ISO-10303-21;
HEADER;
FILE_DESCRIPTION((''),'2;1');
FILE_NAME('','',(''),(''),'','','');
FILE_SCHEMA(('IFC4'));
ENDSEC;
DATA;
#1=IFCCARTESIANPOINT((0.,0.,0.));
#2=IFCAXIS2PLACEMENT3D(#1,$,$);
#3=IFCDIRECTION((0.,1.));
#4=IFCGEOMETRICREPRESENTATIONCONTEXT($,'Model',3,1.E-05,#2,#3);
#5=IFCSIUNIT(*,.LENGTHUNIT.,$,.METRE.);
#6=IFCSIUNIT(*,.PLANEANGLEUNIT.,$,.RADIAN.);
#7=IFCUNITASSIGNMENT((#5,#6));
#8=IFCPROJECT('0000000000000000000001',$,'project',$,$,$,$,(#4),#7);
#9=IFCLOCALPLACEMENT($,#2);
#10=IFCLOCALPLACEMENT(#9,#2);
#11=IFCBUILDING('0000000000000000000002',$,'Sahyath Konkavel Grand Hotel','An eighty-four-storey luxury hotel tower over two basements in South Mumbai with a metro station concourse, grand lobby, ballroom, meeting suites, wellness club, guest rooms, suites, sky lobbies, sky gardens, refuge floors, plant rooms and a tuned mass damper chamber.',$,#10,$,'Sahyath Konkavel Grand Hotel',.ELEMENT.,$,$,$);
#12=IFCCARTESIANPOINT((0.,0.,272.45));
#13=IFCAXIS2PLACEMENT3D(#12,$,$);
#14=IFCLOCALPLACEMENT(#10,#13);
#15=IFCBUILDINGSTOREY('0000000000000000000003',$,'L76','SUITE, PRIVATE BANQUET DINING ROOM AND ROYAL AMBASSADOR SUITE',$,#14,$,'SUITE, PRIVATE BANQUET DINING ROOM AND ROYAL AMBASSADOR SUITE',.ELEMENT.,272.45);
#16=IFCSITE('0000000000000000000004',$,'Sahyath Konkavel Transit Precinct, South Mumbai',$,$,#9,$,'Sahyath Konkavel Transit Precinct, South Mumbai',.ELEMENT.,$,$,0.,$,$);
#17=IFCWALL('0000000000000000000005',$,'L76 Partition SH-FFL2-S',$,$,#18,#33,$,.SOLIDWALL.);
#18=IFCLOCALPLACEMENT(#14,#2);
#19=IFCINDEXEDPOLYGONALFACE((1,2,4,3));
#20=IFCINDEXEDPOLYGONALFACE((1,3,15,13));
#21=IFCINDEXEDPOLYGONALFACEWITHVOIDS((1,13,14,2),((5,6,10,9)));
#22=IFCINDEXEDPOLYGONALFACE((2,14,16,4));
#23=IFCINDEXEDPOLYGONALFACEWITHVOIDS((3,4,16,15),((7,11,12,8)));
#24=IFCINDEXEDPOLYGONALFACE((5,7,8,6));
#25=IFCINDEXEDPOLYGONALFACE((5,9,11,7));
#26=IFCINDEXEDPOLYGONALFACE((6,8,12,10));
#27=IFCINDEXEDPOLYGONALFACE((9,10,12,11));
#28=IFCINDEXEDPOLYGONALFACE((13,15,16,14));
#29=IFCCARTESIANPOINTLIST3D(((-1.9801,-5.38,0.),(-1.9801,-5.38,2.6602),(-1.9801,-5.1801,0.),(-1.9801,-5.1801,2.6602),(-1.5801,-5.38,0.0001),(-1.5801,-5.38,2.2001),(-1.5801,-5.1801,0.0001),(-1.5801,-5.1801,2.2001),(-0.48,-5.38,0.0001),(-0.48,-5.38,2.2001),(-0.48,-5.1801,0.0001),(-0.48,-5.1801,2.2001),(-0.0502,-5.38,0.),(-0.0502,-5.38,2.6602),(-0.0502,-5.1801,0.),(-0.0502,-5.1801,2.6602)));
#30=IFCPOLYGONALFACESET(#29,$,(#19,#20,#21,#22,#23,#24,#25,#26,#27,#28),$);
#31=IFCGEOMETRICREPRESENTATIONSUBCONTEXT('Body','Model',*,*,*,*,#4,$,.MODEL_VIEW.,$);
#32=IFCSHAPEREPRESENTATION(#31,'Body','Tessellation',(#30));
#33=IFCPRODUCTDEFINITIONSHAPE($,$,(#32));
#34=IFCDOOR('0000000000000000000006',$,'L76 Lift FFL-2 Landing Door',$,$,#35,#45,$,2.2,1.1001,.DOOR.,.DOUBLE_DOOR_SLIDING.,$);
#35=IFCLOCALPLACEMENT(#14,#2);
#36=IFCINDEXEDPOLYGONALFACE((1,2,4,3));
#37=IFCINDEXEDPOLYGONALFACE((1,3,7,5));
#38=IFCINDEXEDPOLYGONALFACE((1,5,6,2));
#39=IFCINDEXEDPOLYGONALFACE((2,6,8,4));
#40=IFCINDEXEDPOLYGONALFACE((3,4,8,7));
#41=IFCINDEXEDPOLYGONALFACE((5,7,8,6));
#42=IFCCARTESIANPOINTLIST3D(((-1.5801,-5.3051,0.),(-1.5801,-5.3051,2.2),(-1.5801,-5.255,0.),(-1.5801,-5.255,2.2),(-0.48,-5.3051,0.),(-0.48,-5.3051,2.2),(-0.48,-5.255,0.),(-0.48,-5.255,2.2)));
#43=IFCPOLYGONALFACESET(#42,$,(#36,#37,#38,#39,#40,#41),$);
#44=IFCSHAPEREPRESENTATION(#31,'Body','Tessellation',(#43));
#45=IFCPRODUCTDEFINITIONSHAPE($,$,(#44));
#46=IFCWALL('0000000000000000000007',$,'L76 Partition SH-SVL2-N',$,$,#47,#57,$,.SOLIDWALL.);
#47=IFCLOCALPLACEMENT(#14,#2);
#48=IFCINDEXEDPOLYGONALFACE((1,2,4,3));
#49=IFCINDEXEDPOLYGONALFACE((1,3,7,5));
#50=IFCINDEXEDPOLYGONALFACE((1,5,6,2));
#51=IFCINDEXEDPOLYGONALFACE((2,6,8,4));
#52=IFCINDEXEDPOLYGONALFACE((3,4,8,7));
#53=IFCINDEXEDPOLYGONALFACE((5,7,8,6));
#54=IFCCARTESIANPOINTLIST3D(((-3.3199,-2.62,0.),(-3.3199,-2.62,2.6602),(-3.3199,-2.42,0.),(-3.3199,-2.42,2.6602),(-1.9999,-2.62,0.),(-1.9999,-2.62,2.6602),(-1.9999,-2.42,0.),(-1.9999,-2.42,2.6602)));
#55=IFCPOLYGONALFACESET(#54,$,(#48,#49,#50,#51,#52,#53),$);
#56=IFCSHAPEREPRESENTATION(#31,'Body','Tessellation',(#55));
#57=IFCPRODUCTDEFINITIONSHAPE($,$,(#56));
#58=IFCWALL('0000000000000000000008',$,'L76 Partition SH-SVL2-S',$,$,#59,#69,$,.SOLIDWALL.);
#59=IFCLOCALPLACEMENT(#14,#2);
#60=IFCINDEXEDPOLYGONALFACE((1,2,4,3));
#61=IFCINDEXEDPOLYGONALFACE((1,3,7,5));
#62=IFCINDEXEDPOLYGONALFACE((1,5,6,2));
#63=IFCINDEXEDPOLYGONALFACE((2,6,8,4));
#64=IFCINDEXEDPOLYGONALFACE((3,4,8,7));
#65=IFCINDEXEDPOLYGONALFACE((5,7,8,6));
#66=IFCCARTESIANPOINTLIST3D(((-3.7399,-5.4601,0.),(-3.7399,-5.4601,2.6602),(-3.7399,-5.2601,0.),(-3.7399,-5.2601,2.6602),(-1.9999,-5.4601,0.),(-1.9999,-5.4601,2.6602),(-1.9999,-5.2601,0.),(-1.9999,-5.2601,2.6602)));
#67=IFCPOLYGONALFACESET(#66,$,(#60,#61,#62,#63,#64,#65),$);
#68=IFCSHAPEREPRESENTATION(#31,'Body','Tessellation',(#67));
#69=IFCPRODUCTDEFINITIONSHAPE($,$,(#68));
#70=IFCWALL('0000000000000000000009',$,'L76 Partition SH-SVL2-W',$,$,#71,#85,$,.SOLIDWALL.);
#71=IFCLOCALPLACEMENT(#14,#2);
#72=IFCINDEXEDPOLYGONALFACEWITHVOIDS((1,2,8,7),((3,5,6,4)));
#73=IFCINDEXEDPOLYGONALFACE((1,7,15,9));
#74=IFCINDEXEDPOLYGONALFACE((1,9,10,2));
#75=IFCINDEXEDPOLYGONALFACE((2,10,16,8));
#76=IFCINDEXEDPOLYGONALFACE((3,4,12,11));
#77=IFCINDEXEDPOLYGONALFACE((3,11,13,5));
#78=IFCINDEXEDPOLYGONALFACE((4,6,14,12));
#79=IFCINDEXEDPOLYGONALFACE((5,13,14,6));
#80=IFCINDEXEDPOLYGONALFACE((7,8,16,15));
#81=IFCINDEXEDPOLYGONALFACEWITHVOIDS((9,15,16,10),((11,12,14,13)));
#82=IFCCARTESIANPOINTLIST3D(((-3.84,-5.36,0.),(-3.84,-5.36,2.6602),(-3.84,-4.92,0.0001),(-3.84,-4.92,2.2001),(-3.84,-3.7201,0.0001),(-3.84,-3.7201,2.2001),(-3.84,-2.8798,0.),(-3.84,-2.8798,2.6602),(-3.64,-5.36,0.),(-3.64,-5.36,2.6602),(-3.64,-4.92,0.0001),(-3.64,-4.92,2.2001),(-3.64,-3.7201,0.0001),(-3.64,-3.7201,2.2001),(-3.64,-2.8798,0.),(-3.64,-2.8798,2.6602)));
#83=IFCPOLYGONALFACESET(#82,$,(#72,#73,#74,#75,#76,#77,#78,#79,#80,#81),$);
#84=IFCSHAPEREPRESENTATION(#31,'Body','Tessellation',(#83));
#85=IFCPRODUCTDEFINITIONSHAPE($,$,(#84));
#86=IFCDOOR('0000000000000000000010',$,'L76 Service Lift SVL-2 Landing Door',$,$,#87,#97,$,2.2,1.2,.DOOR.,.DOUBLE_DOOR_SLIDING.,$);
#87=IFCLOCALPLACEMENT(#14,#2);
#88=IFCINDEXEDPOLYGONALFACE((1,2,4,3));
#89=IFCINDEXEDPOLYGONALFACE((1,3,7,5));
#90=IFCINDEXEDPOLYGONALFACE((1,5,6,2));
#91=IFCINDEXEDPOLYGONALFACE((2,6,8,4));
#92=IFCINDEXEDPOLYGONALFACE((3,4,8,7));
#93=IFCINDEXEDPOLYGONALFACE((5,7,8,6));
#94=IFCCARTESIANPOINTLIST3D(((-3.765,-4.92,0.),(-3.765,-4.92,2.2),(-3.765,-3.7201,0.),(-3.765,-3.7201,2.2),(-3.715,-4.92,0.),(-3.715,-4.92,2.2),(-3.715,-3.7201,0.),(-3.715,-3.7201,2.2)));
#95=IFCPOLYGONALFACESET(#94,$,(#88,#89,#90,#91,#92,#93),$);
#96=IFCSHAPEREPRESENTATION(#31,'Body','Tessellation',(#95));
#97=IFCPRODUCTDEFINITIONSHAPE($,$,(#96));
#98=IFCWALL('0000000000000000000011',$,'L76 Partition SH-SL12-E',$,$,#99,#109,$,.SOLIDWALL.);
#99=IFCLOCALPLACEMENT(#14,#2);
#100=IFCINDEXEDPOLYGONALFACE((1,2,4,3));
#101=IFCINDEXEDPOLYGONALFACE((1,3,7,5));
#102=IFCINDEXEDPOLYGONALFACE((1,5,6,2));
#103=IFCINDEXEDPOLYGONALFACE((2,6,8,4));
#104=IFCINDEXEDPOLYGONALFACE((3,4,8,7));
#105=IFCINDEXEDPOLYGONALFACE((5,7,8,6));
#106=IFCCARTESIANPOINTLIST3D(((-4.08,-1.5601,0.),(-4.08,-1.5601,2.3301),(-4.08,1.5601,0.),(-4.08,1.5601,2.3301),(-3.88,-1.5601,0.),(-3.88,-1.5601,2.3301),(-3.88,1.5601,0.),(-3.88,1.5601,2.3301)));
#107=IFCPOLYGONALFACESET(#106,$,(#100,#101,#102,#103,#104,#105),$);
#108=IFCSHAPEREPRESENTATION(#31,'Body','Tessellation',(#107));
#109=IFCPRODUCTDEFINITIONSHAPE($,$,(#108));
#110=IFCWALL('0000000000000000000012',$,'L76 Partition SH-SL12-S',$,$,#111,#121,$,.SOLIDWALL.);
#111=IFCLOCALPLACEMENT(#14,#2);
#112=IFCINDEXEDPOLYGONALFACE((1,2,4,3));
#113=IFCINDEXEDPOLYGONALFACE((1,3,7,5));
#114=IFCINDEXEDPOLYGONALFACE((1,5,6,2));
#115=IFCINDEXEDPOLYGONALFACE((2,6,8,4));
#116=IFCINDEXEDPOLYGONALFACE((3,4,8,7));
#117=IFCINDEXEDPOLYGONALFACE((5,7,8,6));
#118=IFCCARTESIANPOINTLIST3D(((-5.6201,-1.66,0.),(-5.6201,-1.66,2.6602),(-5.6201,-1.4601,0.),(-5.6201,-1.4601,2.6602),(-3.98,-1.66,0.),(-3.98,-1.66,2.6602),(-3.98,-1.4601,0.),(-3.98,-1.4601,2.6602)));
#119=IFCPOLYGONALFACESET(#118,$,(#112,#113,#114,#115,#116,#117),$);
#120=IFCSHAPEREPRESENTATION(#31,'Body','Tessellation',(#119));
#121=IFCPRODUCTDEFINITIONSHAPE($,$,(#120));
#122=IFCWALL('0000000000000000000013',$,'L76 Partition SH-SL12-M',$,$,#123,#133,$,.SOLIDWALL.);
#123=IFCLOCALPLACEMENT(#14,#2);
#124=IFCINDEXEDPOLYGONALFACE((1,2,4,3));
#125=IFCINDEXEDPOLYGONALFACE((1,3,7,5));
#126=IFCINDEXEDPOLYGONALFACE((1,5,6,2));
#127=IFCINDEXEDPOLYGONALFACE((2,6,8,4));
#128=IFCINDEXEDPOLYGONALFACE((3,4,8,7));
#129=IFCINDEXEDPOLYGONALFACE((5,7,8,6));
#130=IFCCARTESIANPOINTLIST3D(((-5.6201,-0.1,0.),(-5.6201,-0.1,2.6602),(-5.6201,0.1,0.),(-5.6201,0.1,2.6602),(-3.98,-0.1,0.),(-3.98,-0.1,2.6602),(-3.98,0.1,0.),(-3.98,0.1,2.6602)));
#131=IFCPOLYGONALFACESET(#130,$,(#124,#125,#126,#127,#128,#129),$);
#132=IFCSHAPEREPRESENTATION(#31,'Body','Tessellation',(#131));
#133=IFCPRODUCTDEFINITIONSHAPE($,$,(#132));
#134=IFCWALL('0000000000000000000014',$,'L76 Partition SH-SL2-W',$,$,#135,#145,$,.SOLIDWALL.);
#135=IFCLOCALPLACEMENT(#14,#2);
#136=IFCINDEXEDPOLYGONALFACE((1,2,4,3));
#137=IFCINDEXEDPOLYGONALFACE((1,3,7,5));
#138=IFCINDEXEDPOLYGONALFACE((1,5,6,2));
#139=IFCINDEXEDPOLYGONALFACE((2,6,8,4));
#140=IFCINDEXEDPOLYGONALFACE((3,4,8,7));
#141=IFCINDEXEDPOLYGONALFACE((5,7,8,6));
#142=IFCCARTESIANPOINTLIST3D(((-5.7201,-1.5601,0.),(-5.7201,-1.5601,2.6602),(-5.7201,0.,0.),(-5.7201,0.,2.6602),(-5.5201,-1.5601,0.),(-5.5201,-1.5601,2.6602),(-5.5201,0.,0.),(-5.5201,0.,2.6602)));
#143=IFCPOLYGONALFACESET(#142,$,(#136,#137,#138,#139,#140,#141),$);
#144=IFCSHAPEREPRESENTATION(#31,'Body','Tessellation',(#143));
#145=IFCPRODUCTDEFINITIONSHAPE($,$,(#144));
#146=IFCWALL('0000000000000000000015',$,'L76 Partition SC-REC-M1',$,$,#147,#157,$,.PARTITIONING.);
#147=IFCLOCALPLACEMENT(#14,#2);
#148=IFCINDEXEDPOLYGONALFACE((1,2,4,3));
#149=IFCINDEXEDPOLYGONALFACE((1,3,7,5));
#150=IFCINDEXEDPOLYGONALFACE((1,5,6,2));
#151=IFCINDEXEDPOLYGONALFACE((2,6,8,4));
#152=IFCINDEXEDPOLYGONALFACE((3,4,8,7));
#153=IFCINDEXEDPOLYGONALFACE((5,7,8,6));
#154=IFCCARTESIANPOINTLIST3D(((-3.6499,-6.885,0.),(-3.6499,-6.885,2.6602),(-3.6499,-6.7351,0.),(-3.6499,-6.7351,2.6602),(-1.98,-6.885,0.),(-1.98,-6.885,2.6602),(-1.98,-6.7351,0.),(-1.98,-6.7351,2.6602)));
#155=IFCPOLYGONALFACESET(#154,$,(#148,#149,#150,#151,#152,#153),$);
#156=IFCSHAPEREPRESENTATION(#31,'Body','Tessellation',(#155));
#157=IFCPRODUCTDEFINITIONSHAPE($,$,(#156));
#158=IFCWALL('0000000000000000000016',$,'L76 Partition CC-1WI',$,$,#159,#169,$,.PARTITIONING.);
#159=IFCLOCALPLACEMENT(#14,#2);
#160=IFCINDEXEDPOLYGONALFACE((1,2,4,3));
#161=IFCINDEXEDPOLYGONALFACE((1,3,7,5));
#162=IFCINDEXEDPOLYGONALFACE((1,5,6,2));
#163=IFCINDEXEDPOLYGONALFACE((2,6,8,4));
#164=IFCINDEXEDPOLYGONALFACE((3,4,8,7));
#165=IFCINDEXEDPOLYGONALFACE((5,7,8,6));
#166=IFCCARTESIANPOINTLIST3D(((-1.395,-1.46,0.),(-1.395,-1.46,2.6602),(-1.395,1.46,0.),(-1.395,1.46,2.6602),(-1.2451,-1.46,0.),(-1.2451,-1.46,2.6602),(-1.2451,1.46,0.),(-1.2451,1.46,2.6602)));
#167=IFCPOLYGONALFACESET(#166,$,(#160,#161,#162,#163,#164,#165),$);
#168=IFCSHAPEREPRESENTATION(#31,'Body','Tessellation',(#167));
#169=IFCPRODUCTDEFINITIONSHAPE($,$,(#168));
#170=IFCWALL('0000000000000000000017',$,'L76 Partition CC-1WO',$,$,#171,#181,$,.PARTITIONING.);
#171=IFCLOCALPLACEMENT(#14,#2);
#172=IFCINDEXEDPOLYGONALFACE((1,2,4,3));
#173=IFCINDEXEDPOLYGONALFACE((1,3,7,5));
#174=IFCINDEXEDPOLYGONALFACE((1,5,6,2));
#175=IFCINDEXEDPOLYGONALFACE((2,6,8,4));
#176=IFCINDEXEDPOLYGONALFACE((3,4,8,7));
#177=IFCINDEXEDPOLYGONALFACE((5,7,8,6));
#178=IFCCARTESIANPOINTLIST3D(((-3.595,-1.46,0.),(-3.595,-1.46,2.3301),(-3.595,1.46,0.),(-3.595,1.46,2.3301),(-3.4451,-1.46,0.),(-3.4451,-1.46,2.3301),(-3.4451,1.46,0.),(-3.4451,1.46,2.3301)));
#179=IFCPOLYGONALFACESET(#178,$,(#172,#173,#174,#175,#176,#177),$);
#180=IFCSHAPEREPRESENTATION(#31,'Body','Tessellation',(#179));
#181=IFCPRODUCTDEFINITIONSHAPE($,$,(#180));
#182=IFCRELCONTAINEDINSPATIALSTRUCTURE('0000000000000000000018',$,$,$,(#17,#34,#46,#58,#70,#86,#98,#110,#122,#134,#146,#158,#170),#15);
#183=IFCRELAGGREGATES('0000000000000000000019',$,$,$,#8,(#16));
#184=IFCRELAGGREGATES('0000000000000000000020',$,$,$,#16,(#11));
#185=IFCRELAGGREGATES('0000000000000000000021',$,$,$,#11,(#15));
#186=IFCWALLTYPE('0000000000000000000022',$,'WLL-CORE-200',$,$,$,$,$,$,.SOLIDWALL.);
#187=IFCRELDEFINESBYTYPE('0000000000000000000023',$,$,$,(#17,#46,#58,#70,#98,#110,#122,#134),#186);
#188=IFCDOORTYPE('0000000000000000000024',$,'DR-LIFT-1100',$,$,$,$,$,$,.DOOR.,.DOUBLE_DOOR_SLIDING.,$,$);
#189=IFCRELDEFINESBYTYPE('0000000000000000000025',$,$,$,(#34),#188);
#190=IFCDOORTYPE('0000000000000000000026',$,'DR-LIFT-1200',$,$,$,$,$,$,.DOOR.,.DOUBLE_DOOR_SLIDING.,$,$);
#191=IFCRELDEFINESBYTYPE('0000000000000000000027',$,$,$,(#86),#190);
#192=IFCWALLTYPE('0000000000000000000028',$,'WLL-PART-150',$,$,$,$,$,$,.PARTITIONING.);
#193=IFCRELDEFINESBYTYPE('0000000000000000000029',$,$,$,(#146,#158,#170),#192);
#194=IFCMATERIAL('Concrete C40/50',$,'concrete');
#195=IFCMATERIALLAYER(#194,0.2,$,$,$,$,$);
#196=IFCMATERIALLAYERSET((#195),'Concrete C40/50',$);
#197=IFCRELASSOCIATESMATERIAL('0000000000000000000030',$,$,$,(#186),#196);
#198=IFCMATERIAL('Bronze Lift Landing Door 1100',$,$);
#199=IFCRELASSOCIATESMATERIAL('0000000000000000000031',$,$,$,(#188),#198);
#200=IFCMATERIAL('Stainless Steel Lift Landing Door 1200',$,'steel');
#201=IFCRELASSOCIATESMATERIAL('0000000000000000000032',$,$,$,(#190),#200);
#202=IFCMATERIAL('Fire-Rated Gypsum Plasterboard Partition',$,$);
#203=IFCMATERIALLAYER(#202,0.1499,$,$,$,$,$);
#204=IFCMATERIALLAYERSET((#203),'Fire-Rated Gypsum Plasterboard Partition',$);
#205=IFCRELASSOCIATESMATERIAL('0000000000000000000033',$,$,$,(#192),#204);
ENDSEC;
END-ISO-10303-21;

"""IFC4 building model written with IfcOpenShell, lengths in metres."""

from ifc_helpers import new_model, si_unit, direction, frame, frame_2d, origin, origin_2d, place, context, subcontext, project, spatial, rectangle, extrude, source, transform, mapped, material, layer, layer_set, type_object, element, fill, save


model = new_model("IFC4")

# Units and contexts
model_context = context("Model", 3, precision=1e-05, world=origin(), true_north=direction((0.0, 1.0)))
body_context = subcontext(model_context, "Body", "Model", "MODEL_VIEW")
ifc_project = project(units=[si_unit("LENGTHUNIT", "METRE"), si_unit("PLANEANGLEUNIT", "RADIAN")], contexts=[model_context])

# Site, building, storey
site_placement = place(None, origin())
site = spatial("IfcSite", under=ifc_project, at=site_placement, Name="Sahyath Konkavel Transit Precinct, South Mumbai", LongName="Sahyath Konkavel Transit Precinct, South Mumbai", CompositionType="ELEMENT", RefElevation=0.0)
building_placement = place(site_placement, origin())
building = spatial("IfcBuilding", under=site, at=building_placement, Name="Sahyath Konkavel Grand Hotel", Description="An eighty-four-storey luxury hotel tower over two basements in South Mumbai with a metro station concourse, grand lobby, ballroom, meeting suites, wellness club, guest rooms, suites, sky lobbies, sky gardens, refuge floors, plant rooms and a tuned mass damper chamber.", LongName="Sahyath Konkavel Grand Hotel", CompositionType="ELEMENT")
storey_placement = place(building_placement, frame((0.0, 0.0, 272.45)))
storey = spatial("IfcBuildingStorey", under=building, at=storey_placement, Name="L76", Description="SUITE, PRIVATE BANQUET DINING ROOM AND ROYAL AMBASSADOR SUITE", LongName="SUITE, PRIVATE BANQUET DINING ROOM AND ROYAL AMBASSADOR SUITE", CompositionType="ELEMENT", Elevation=272.45)

# Shared definitions
ifc_material_1 = material(Name="Concrete C40/50", Category="concrete")

# Shared definitions
ifc_layer_1 = layer(ifc_material_1, 0.2)
ifc_layer_set_1 = layer_set([ifc_layer_1], Name="Concrete C40/50")
wall_type_1 = type_object("IfcWallType", Name="WLL-CORE-200", PredefinedType="SOLIDWALL", material=ifc_layer_set_1)

# Wall, opening, door
wall_1_placement = place(storey_placement, frame((-1.98, -5.28, 0.0), z_axis=(0.0, 0.0, 1.0), x_axis=(1.0, 0.0, 0.0)))
wall_1 = element("IfcWall", 1, at=wall_1_placement, inside=storey, type_object=wall_type_1, Name="L76 Partition SH-FFL2-S", PredefinedType="SOLIDWALL", context=body_context, shape_type="SweptSolid", body=[
    extrude(rectangle(XDim=1.9299, YDim=0.2, at=frame_2d((0.9648, 0.0))), origin(), (0.0, 0.0, 1.0), 2.6602),
])
opening_1_placement = place(wall_1_placement, frame((0.3999, 0.0, 0.0)))
opening_1 = element("IfcOpeningElement", 2, at=opening_1_placement, cuts=wall_1, PredefinedType="OPENING", context=body_context, shape_type="SweptSolid", body=[
    extrude(rectangle(XDim=1.1001, YDim=2.2, at=frame_2d((0.55, 1.1001))), frame((0.0, 0.1099, 0.0), z_axis=(0.0, -1.0, 0.0), x_axis=(1.0, 0.0, 0.0)), (0.0, 0.0, 1.0), 0.22),
])
ifc_material_2 = material(Name="Bronze Lift Landing Door 1100")
door_type_1 = type_object("IfcDoorType", Name="DR-LIFT-1100", OperationType="DOUBLE_DOOR_SLIDING", PredefinedType="DOOR", material=ifc_material_2)
shared_shape_1 = source(origin(), body_context, "Body", "SweptSolid", [
    extrude(rectangle(XDim=1.1001, YDim=0.05, at=origin_2d()), origin(), (0.0, 0.0, 1.0), 2.2),
])
door_1_placement = place(opening_1_placement, frame((0.55, 0.0, 0.0)))
door_1 = element("IfcDoor", 3, at=door_1_placement, inside=storey, type_object=door_type_1, Name="L76 Lift FFL-2 Landing Door", OperationType="DOUBLE_DOOR_SLIDING", OverallHeight=2.2, OverallWidth=1.1001, PredefinedType="DOOR", context=body_context, shape_type="MappedRepresentation", body=[
    mapped(shared_shape_1, transform((0.0, 0.0, 0.0), scale=1.0)),
])
fill(opening_1, door_1)

# Walls
wall_2_placement = place(storey_placement, frame((-3.3201, -2.52, 0.0), z_axis=(0.0, 0.0, 1.0), x_axis=(1.0, 0.0, 0.0)))
element("IfcWall", 4, at=wall_2_placement, inside=storey, type_object=wall_type_1, Name="L76 Partition SH-SVL2-N", PredefinedType="SOLIDWALL", context=body_context, shape_type="SweptSolid", body=[
    extrude(rectangle(XDim=1.3201, YDim=0.2, at=frame_2d((0.6602, 0.0))), origin(), (0.0, 0.0, 1.0), 2.6602),
])
wall_3_placement = place(storey_placement, frame((-3.74, -5.3601, 0.0), z_axis=(0.0, 0.0, 1.0), x_axis=(1.0, 0.0, 0.0)))
element("IfcWall", 5, at=wall_3_placement, inside=storey, type_object=wall_type_1, Name="L76 Partition SH-SVL2-S", PredefinedType="SOLIDWALL", context=body_context, shape_type="SweptSolid", body=[
    extrude(rectangle(XDim=1.74, YDim=0.2, at=frame_2d((0.8701, 0.0))), origin(), (0.0, 0.0, 1.0), 2.6602),
])

# Wall, opening, door
wall_4_placement = place(storey_placement, frame((-3.74, -5.3601, 0.0), z_axis=(0.0, 0.0, 1.0), x_axis=(0.0, 1.0, 0.0)))
wall_4 = element("IfcWall", 6, at=wall_4_placement, inside=storey, type_object=wall_type_1, Name="L76 Partition SH-SVL2-W", PredefinedType="SOLIDWALL", context=body_context, shape_type="SweptSolid", body=[
    extrude(rectangle(XDim=2.4802, YDim=0.2, at=frame_2d((1.2402, 0.0))), origin(), (0.0, 0.0, 1.0), 2.6602),
])
opening_2_placement = place(wall_4_placement, frame((0.4399, 0.0, 0.0)))
opening_2 = element("IfcOpeningElement", 7, at=opening_2_placement, cuts=wall_4, PredefinedType="OPENING", context=body_context, shape_type="SweptSolid", body=[
    extrude(rectangle(XDim=1.2, YDim=2.2, at=frame_2d((0.6001, 1.1001))), frame((0.0, 0.1099, 0.0), z_axis=(0.0, -1.0, 0.0), x_axis=(1.0, 0.0, 0.0)), (0.0, 0.0, 1.0), 0.22),
])
ifc_material_3 = material(Name="Stainless Steel Lift Landing Door 1200", Category="steel")
door_type_2 = type_object("IfcDoorType", Name="DR-LIFT-1200", OperationType="DOUBLE_DOOR_SLIDING", PredefinedType="DOOR", material=ifc_material_3)
shared_shape_2 = source(origin(), body_context, "Body", "SweptSolid", [
    extrude(rectangle(XDim=1.2, YDim=0.05, at=origin_2d()), origin(), (0.0, 0.0, 1.0), 2.2),
])
door_2_placement = place(opening_2_placement, frame((0.6001, 0.0, 0.0)))
door_2 = element("IfcDoor", 8, at=door_2_placement, inside=storey, type_object=door_type_2, Name="L76 Service Lift SVL-2 Landing Door", OperationType="DOUBLE_DOOR_SLIDING", OverallHeight=2.2, OverallWidth=1.2, PredefinedType="DOOR", context=body_context, shape_type="MappedRepresentation", body=[
    mapped(shared_shape_2, transform((0.0, 0.0, 0.0), scale=1.0)),
])
fill(opening_2, door_2)

# Walls
wall_5_placement = place(storey_placement, frame((-3.98, -1.5601, 0.0), z_axis=(0.0, 0.0, 1.0), x_axis=(0.0, 1.0, 0.0)))
element("IfcWall", 9, at=wall_5_placement, inside=storey, type_object=wall_type_1, Name="L76 Partition SH-SL12-E", PredefinedType="SOLIDWALL", context=body_context, shape_type="SweptSolid", body=[
    extrude(rectangle(XDim=3.1201, YDim=0.2, at=frame_2d((1.5601, 0.0))), origin(), (0.0, 0.0, 1.0), 2.3301),
])
for number, where, z_axis, x_axis, name in (
    (10, (-5.6201, -1.5601, 0.0), (0.0, 0.0, 1.0), (1.0, 0.0, 0.0), "L76 Partition SH-SL12-S"),
    (11, (-5.6201, 0.0, 0.0), (0.0, 0.0, 1.0), (1.0, 0.0, 0.0), "L76 Partition SH-SL12-M"),
):
    element("IfcWall", number, at=place(storey_placement, frame(where, z_axis=z_axis, x_axis=x_axis)), inside=storey, type_object=wall_type_1, Name=name, PredefinedType="SOLIDWALL", context=body_context, shape_type="SweptSolid", body=[
        extrude(rectangle(XDim=1.6401, YDim=0.2, at=frame_2d((0.8201, 0.0))), origin(), (0.0, 0.0, 1.0), 2.6602),
    ])
wall_6_placement = place(storey_placement, frame((-5.6201, -1.5601, 0.0), z_axis=(0.0, 0.0, 1.0), x_axis=(0.0, 1.0, 0.0)))
element("IfcWall", 12, at=wall_6_placement, inside=storey, type_object=wall_type_1, Name="L76 Partition SH-SL2-W", PredefinedType="SOLIDWALL", context=body_context, shape_type="SweptSolid", body=[
    extrude(rectangle(XDim=1.5601, YDim=0.2, at=frame_2d((0.78, 0.0))), origin(), (0.0, 0.0, 1.0), 2.6602),
])
ifc_material_4 = material(Name="Fire-Rated Gypsum Plasterboard Partition")
ifc_layer_2 = layer(ifc_material_4, 0.1499)
ifc_layer_set_2 = layer_set([ifc_layer_2], Name="Fire-Rated Gypsum Plasterboard Partition")
wall_type_2 = type_object("IfcWallType", Name="WLL-PART-150", PredefinedType="PARTITIONING", material=ifc_layer_set_2)
wall_7_placement = place(storey_placement, frame((-3.6499, -6.8101, 0.0), z_axis=(0.0, 0.0, 1.0), x_axis=(1.0, 0.0, 0.0)))
element("IfcWall", 13, at=wall_7_placement, inside=storey, type_object=wall_type_2, Name="L76 Partition SC-REC-M1", PredefinedType="PARTITIONING", context=body_context, shape_type="SweptSolid", body=[
    extrude(rectangle(XDim=1.6699, YDim=0.1499, at=frame_2d((0.835, 0.0))), origin(), (0.0, 0.0, 1.0), 2.6602),
])
wall_8_placement = place(storey_placement, frame((-1.3201, -1.46, 0.0), z_axis=(0.0, 0.0, 1.0), x_axis=(0.0, 1.0, 0.0)))
element("IfcWall", 14, at=wall_8_placement, inside=storey, type_object=wall_type_2, Name="L76 Partition CC-1WI", PredefinedType="PARTITIONING", context=body_context, shape_type="SweptSolid", body=[
    extrude(rectangle(XDim=2.9199, YDim=0.1499, at=frame_2d((1.46, 0.0))), origin(), (0.0, 0.0, 1.0), 2.6602),
])
wall_9_placement = place(storey_placement, frame((-3.52, -1.46, 0.0), z_axis=(0.0, 0.0, 1.0), x_axis=(0.0, 1.0, 0.0)))
element("IfcWall", 15, at=wall_9_placement, inside=storey, type_object=wall_type_2, Name="L76 Partition CC-1WO", PredefinedType="PARTITIONING", context=body_context, shape_type="SweptSolid", body=[
    extrude(rectangle(XDim=2.9199, YDim=0.1499, at=frame_2d((1.46, 0.0))), origin(), (0.0, 0.0, 1.0), 2.3301),
])

save(model, "model.ifc")
